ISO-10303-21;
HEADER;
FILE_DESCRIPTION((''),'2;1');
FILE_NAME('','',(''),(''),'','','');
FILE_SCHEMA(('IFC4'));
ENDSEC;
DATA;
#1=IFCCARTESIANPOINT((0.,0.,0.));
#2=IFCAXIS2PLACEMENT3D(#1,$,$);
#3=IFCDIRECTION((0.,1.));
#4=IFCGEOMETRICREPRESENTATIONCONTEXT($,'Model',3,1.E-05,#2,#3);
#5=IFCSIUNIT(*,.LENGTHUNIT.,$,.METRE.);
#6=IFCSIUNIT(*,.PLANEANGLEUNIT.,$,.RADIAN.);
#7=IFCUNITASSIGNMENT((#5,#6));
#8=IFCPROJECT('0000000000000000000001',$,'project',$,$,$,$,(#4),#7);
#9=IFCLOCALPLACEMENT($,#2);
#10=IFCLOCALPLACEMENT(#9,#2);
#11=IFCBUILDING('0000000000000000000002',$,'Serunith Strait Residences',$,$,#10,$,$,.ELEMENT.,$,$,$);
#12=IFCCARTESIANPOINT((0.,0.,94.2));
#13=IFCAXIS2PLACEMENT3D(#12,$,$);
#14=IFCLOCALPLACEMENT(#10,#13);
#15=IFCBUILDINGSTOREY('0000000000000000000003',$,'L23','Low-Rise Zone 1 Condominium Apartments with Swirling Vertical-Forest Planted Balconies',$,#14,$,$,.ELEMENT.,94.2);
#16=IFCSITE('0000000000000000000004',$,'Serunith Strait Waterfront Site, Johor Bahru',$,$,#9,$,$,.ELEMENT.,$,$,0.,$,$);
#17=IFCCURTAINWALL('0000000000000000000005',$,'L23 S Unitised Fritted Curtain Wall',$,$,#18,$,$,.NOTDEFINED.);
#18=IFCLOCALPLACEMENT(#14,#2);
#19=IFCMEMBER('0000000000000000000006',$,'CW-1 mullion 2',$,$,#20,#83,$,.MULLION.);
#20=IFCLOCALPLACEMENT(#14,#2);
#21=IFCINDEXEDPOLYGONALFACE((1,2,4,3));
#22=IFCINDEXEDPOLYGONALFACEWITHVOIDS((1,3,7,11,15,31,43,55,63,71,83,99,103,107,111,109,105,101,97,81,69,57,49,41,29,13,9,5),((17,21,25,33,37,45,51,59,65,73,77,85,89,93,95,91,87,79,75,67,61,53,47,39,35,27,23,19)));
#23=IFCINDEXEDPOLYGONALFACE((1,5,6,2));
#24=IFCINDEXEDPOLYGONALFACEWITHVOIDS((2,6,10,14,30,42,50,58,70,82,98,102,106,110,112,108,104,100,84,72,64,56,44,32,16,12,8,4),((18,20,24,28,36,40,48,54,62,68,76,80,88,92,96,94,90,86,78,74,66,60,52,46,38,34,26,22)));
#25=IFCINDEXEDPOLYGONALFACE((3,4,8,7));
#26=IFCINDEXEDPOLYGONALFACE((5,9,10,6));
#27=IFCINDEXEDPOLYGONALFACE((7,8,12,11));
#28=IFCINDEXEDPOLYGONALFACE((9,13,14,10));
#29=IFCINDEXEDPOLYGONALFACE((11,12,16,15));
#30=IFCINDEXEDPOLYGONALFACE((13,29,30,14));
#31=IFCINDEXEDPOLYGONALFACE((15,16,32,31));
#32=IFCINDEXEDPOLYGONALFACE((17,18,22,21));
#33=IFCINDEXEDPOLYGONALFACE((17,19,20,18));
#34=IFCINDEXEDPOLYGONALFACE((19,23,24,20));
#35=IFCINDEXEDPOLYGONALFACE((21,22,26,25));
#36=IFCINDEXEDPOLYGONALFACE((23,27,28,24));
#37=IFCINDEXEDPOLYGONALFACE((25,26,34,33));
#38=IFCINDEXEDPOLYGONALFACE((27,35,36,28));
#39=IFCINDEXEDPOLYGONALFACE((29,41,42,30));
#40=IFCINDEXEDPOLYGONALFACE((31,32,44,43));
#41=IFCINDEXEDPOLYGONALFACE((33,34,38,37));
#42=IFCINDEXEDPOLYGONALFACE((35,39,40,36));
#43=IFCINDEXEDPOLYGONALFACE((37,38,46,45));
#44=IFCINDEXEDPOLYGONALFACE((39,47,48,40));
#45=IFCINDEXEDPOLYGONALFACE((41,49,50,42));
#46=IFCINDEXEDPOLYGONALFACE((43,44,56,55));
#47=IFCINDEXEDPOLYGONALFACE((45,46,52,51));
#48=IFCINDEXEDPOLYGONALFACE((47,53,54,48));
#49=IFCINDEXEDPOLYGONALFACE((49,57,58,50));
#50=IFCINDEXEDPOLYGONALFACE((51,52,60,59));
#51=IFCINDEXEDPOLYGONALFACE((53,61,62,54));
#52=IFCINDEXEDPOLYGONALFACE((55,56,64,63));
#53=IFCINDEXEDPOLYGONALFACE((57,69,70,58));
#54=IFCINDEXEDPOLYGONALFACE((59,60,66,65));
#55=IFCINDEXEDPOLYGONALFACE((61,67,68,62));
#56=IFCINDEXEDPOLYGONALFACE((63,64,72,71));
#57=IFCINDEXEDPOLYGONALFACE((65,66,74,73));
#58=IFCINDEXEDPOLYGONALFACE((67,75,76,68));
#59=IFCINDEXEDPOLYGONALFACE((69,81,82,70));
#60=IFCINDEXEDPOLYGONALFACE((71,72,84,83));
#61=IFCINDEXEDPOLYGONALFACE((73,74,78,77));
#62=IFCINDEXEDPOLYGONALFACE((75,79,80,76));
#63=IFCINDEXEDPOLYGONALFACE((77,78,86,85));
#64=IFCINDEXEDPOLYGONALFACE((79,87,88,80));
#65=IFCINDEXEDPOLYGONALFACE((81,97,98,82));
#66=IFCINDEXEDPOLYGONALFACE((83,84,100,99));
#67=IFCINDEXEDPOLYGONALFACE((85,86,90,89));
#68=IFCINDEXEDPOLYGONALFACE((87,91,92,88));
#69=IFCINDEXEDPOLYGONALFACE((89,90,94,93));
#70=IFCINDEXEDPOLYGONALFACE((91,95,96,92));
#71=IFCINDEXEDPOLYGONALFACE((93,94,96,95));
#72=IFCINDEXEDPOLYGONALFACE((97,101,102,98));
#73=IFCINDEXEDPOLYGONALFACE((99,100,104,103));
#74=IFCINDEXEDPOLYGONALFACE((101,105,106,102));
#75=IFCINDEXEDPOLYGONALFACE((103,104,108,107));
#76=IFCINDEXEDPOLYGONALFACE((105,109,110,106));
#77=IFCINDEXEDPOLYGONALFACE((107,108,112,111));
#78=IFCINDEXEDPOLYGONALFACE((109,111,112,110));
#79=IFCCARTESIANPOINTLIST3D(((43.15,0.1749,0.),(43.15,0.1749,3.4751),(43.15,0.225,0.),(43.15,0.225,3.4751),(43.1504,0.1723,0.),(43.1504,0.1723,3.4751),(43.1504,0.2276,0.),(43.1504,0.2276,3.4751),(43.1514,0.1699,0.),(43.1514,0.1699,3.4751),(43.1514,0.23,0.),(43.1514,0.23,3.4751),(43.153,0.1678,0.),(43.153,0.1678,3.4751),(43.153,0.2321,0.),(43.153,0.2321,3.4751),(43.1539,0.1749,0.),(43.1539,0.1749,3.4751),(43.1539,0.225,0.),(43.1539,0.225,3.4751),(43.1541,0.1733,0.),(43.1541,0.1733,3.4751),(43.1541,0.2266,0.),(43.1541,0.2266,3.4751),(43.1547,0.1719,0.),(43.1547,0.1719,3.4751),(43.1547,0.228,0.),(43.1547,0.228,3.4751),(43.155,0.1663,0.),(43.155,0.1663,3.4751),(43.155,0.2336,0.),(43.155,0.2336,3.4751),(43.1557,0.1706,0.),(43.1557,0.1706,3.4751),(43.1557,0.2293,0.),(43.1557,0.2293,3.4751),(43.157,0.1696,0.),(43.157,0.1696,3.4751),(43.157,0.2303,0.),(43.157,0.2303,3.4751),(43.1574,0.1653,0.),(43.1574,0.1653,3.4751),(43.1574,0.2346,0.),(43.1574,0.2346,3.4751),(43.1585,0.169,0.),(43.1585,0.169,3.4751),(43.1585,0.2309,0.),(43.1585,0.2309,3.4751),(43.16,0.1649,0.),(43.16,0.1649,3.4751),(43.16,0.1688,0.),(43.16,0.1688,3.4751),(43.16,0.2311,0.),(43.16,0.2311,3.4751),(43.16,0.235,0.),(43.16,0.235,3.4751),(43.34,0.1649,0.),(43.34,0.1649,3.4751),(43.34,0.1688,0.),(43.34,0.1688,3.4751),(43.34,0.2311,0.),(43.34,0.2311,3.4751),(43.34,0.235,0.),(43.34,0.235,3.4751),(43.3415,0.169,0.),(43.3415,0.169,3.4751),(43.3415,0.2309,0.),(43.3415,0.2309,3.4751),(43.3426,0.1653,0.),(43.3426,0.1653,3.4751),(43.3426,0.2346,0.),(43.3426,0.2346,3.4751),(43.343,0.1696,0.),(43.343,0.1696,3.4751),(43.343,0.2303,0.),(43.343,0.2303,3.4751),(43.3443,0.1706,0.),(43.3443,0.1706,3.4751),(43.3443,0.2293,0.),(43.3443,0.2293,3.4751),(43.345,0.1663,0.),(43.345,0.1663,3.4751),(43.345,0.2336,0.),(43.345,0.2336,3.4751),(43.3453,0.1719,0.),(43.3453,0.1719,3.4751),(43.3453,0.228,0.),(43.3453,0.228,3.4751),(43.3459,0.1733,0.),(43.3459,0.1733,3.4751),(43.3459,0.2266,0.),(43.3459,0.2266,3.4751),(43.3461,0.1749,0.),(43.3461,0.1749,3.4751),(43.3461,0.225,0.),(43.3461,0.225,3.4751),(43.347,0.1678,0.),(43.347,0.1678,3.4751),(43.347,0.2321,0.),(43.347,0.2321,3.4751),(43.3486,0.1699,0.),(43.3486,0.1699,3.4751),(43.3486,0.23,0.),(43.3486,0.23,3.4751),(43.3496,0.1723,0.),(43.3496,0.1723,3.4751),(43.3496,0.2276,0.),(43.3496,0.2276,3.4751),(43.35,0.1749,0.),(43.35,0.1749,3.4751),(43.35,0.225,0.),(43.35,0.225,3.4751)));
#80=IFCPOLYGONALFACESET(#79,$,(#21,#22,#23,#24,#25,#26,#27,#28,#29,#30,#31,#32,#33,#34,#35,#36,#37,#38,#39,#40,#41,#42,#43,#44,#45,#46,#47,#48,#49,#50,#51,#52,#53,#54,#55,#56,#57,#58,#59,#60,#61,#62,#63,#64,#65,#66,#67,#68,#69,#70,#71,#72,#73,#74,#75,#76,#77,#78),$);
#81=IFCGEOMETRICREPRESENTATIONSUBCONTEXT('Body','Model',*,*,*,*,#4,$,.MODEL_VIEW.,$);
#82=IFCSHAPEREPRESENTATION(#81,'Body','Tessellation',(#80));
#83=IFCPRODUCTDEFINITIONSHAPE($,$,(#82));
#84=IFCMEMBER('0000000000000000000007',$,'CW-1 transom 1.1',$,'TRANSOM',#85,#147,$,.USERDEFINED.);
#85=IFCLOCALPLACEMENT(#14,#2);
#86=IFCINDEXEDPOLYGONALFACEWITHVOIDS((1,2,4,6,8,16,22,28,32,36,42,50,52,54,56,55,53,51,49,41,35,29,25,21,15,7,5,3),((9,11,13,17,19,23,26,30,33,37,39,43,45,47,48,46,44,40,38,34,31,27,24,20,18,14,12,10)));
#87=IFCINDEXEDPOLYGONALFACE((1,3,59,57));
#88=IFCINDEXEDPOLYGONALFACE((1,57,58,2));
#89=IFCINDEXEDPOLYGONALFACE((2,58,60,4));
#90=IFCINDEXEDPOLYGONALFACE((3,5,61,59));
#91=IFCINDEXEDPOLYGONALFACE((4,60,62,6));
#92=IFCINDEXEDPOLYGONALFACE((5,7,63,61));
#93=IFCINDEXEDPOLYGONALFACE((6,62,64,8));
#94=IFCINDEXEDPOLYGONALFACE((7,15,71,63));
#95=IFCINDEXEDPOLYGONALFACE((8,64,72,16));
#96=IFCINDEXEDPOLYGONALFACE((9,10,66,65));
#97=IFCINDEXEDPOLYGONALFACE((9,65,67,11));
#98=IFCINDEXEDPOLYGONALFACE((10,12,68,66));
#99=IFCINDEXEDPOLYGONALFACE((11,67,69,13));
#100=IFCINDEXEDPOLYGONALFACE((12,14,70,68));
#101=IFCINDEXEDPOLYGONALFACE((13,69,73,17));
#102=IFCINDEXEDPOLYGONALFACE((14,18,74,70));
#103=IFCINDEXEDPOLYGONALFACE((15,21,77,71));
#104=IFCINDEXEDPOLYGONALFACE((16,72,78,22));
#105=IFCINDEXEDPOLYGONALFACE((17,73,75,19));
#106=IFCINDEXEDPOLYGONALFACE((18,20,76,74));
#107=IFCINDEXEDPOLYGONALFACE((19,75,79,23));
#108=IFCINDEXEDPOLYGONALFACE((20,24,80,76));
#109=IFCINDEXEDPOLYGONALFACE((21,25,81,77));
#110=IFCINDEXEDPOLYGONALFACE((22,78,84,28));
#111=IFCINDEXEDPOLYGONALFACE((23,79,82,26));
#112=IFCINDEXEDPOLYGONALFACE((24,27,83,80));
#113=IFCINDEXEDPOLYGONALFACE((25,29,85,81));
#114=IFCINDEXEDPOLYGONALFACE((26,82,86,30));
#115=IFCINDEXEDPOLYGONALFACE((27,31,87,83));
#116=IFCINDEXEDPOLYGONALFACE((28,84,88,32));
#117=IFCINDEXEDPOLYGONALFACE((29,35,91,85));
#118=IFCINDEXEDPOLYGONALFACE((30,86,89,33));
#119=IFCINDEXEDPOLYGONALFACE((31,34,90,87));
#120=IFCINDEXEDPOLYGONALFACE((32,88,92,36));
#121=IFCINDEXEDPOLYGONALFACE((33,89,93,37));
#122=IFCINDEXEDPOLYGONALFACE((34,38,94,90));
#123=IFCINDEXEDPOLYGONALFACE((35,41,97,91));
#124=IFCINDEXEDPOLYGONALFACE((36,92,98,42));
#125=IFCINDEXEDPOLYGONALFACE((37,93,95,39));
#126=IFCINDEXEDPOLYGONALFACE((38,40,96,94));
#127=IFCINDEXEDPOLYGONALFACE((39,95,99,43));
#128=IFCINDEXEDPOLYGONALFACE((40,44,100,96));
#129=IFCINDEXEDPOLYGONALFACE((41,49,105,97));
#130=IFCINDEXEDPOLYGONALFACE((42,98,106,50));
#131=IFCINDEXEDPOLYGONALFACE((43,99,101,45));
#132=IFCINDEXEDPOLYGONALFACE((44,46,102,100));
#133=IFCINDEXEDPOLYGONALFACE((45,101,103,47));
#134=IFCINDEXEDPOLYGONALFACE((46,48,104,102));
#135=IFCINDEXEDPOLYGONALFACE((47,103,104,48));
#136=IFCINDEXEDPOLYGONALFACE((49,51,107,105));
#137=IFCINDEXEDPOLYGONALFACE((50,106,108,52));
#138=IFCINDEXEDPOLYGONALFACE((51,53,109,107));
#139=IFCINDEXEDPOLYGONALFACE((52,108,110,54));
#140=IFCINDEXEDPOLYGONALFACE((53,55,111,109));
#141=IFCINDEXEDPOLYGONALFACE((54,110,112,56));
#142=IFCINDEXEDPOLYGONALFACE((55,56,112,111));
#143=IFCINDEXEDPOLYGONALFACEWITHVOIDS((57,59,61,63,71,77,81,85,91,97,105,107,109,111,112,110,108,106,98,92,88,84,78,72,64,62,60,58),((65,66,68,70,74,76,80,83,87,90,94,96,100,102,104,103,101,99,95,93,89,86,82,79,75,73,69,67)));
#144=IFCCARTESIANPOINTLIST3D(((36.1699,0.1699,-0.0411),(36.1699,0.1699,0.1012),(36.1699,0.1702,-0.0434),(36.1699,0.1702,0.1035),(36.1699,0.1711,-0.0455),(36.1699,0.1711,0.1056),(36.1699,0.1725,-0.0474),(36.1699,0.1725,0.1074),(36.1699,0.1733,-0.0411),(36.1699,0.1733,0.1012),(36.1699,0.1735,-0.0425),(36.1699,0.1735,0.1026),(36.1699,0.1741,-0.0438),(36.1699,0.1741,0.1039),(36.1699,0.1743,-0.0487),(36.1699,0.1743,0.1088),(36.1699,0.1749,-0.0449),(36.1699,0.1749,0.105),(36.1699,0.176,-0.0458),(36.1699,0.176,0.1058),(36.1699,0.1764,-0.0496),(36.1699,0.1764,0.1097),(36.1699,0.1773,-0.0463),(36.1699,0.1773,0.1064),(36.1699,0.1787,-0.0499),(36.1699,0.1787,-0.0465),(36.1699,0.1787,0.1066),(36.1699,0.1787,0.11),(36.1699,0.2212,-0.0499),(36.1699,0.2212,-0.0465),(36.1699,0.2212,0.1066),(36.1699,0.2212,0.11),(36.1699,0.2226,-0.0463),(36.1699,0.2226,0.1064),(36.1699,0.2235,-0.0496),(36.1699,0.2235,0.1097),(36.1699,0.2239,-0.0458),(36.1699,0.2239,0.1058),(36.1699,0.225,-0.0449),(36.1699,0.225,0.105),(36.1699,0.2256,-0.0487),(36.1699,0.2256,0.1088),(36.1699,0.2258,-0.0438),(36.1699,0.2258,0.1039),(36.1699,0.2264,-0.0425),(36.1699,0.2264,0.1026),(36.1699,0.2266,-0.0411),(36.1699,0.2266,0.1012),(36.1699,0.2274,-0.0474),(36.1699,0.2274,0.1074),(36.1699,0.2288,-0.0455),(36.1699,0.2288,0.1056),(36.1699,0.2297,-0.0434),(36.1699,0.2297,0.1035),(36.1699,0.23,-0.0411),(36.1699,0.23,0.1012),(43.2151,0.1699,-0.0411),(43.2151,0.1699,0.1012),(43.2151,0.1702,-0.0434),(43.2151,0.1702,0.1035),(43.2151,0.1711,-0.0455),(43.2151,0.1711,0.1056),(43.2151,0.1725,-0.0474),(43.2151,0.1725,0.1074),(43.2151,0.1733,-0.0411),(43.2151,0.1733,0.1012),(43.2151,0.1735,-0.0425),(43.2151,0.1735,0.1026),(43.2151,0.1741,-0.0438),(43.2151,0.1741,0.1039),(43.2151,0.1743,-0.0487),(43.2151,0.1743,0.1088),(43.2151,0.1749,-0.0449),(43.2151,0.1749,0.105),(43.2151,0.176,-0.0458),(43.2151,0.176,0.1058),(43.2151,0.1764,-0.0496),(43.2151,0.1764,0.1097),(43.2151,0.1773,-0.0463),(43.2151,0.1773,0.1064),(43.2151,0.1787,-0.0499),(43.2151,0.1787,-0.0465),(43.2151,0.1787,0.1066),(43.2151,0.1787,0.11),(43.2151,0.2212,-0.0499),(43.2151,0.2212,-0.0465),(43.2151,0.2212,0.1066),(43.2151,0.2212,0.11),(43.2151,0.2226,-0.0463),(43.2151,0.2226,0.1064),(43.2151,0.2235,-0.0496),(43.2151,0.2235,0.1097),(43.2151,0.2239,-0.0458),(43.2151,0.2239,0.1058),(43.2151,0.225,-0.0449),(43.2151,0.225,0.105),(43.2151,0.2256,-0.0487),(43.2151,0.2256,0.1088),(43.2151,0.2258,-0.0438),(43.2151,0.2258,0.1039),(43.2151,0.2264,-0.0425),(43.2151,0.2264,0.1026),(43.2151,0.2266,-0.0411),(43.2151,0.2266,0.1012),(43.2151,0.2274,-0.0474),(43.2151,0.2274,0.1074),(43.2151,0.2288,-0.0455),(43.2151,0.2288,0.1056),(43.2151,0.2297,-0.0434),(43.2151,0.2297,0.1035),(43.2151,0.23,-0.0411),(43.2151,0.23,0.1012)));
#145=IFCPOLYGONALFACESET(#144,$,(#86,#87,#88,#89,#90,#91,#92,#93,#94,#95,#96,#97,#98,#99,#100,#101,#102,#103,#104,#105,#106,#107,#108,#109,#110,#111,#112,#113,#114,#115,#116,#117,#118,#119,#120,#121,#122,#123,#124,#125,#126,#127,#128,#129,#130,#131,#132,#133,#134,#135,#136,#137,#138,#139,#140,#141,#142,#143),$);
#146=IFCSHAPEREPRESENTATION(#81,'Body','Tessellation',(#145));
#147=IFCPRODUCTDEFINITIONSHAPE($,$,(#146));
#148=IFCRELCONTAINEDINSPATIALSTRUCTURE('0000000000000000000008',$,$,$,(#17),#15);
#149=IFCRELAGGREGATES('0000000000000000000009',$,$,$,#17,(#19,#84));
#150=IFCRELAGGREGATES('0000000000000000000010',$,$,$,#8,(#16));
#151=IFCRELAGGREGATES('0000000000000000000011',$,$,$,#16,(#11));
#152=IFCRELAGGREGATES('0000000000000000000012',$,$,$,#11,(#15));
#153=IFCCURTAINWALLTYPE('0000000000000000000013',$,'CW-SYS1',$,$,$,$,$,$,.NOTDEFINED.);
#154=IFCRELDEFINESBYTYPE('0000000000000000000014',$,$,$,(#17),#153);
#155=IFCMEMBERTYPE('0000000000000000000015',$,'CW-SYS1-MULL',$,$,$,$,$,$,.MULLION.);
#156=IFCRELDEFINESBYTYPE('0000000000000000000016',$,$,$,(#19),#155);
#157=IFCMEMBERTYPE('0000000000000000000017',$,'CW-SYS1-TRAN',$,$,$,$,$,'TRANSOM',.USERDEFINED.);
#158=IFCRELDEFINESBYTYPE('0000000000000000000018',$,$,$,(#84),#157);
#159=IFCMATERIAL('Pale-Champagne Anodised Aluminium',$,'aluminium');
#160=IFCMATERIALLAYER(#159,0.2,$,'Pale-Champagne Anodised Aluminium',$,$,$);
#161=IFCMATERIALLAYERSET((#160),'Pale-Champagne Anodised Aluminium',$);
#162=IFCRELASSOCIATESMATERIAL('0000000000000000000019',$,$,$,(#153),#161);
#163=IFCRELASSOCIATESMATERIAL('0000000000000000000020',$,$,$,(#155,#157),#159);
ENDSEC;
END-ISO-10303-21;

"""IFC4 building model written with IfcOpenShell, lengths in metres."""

from ifc_helpers import new_model, si_unit, direction, frame, origin, origin_2d, place, context, subcontext, project, spatial, hollow_rectangle, extrude, source, transform, mapped, material, layer, layer_set, material_profile, profile_set, type_object, element, aggregate, save


model = new_model("IFC4")

# Units and contexts
model_context = context("Model", 3, precision=1e-05, world=origin(), true_north=direction((0.0, 1.0)))
body_context = subcontext(model_context, "Body", "Model", "MODEL_VIEW")
ifc_project = project(units=[si_unit("LENGTHUNIT", "METRE"), si_unit("PLANEANGLEUNIT", "RADIAN")], contexts=[model_context])

# Site, building, storey
site_placement = place(None, origin())
site = spatial("IfcSite", under=ifc_project, at=site_placement, Name="Serunith Strait Waterfront Site, Johor Bahru", CompositionType="ELEMENT", RefElevation=0.0)
building_placement = place(site_placement, origin())
building = spatial("IfcBuilding", under=site, at=building_placement, Name="Serunith Strait Residences", CompositionType="ELEMENT")
storey_placement = place(building_placement, frame((0.0, 0.0, 94.2)))
storey = spatial("IfcBuildingStorey", under=building, at=storey_placement, Name="L23", Description="Low-Rise Zone 1 Condominium Apartments with Swirling Vertical-Forest Planted Balconies", CompositionType="ELEMENT", Elevation=94.2)

# Shared definitions
ifc_material_1 = material(Name="Pale-Champagne Anodised Aluminium", Category="aluminium")
ifc_layer_1 = layer(ifc_material_1, 0.2, Name="Pale-Champagne Anodised Aluminium")
ifc_layer_set_1 = layer_set([ifc_layer_1], Name="Pale-Champagne Anodised Aluminium")
curtain_wall_type = type_object("IfcCurtainWallType", Name="CW-SYS1", PredefinedType="NOTDEFINED", material=ifc_layer_set_1)
ifc_material_profile_1 = material_profile(ifc_material_1, hollow_rectangle(XDim=0.0701, YDim=0.2, WallThickness=0.0039, InnerFilletRadius=0.0061, OuterFilletRadius=0.01, at=origin_2d()), Name="ALU 200x70x4")
ifc_profile_set_1 = profile_set([ifc_material_profile_1], Name="Pale-Champagne Anodised Aluminium")
member_type_1 = type_object("IfcMemberType", Name="CW-SYS1-MULL", PredefinedType="MULLION", material=ifc_profile_set_1)
shared_shape_1 = source(origin(), body_context, "Body", "SweptSolid", [
    extrude(hollow_rectangle(XDim=0.0701, YDim=0.2, WallThickness=0.0039, InnerFilletRadius=0.0061, OuterFilletRadius=0.01, at=origin_2d()), origin(), (0.0, 0.0, 1.0), 3.4751),
])

# Curtain wall, members
curtain_wall_1_placement = place(storey_placement, origin())
curtain_wall_1 = element("IfcCurtainWall", 1, at=curtain_wall_1_placement, inside=storey, type_object=curtain_wall_type, Name="L23 S Unitised Fritted Curtain Wall", PredefinedType="NOTDEFINED")
member_1_placement = place(storey_placement, frame((43.25, 0.2, 0.0), z_axis=(0.0, 0.0, 1.0), x_axis=(0.0, 1.0, 0.0)))
member_1 = element("IfcMember", 2, at=member_1_placement, type_object=member_type_1, Name="CW-1 mullion 2", PredefinedType="MULLION", context=body_context, shape_type="MappedRepresentation", body=[
    mapped(shared_shape_1, transform((0.0, 0.0, 0.0), scale=1.0)),
])
ifc_material_profile_2 = material_profile(ifc_material_1, hollow_rectangle(XDim=0.0601, YDim=0.1599, WallThickness=0.0034, InnerFilletRadius=0.0054, OuterFilletRadius=0.0088, at=origin_2d()), Name="ALU 160x60x3.5")
ifc_profile_set_2 = profile_set([ifc_material_profile_2], Name="Pale-Champagne Anodised Aluminium")
member_type_2 = type_object("IfcMemberType", Name="CW-SYS1-TRAN", ElementType="TRANSOM", PredefinedType="USERDEFINED", material=ifc_profile_set_2)
shared_shape_2 = source(origin(), body_context, "Body", "SweptSolid", [
    extrude(hollow_rectangle(XDim=0.0601, YDim=0.1599, WallThickness=0.0034, InnerFilletRadius=0.0054, OuterFilletRadius=0.0088, at=origin_2d()), origin(), (0.0, 0.0, 1.0), 7.0452),
])
member_2_placement = place(storey_placement, frame((36.1699, 0.2, 0.03), z_axis=(1.0, 0.0, 0.0), x_axis=(0.0, 1.0, 0.0)))
member_2 = element("IfcMember", 3, at=member_2_placement, type_object=member_type_2, Name="CW-1 transom 1.1", ObjectType="TRANSOM", PredefinedType="USERDEFINED", context=body_context, shape_type="MappedRepresentation", body=[
    mapped(shared_shape_2, transform((0.0, 0.0, 0.0), scale=1.0)),
])
aggregate(curtain_wall_1, [member_1, member_2])

save(model, "model.ifc")
